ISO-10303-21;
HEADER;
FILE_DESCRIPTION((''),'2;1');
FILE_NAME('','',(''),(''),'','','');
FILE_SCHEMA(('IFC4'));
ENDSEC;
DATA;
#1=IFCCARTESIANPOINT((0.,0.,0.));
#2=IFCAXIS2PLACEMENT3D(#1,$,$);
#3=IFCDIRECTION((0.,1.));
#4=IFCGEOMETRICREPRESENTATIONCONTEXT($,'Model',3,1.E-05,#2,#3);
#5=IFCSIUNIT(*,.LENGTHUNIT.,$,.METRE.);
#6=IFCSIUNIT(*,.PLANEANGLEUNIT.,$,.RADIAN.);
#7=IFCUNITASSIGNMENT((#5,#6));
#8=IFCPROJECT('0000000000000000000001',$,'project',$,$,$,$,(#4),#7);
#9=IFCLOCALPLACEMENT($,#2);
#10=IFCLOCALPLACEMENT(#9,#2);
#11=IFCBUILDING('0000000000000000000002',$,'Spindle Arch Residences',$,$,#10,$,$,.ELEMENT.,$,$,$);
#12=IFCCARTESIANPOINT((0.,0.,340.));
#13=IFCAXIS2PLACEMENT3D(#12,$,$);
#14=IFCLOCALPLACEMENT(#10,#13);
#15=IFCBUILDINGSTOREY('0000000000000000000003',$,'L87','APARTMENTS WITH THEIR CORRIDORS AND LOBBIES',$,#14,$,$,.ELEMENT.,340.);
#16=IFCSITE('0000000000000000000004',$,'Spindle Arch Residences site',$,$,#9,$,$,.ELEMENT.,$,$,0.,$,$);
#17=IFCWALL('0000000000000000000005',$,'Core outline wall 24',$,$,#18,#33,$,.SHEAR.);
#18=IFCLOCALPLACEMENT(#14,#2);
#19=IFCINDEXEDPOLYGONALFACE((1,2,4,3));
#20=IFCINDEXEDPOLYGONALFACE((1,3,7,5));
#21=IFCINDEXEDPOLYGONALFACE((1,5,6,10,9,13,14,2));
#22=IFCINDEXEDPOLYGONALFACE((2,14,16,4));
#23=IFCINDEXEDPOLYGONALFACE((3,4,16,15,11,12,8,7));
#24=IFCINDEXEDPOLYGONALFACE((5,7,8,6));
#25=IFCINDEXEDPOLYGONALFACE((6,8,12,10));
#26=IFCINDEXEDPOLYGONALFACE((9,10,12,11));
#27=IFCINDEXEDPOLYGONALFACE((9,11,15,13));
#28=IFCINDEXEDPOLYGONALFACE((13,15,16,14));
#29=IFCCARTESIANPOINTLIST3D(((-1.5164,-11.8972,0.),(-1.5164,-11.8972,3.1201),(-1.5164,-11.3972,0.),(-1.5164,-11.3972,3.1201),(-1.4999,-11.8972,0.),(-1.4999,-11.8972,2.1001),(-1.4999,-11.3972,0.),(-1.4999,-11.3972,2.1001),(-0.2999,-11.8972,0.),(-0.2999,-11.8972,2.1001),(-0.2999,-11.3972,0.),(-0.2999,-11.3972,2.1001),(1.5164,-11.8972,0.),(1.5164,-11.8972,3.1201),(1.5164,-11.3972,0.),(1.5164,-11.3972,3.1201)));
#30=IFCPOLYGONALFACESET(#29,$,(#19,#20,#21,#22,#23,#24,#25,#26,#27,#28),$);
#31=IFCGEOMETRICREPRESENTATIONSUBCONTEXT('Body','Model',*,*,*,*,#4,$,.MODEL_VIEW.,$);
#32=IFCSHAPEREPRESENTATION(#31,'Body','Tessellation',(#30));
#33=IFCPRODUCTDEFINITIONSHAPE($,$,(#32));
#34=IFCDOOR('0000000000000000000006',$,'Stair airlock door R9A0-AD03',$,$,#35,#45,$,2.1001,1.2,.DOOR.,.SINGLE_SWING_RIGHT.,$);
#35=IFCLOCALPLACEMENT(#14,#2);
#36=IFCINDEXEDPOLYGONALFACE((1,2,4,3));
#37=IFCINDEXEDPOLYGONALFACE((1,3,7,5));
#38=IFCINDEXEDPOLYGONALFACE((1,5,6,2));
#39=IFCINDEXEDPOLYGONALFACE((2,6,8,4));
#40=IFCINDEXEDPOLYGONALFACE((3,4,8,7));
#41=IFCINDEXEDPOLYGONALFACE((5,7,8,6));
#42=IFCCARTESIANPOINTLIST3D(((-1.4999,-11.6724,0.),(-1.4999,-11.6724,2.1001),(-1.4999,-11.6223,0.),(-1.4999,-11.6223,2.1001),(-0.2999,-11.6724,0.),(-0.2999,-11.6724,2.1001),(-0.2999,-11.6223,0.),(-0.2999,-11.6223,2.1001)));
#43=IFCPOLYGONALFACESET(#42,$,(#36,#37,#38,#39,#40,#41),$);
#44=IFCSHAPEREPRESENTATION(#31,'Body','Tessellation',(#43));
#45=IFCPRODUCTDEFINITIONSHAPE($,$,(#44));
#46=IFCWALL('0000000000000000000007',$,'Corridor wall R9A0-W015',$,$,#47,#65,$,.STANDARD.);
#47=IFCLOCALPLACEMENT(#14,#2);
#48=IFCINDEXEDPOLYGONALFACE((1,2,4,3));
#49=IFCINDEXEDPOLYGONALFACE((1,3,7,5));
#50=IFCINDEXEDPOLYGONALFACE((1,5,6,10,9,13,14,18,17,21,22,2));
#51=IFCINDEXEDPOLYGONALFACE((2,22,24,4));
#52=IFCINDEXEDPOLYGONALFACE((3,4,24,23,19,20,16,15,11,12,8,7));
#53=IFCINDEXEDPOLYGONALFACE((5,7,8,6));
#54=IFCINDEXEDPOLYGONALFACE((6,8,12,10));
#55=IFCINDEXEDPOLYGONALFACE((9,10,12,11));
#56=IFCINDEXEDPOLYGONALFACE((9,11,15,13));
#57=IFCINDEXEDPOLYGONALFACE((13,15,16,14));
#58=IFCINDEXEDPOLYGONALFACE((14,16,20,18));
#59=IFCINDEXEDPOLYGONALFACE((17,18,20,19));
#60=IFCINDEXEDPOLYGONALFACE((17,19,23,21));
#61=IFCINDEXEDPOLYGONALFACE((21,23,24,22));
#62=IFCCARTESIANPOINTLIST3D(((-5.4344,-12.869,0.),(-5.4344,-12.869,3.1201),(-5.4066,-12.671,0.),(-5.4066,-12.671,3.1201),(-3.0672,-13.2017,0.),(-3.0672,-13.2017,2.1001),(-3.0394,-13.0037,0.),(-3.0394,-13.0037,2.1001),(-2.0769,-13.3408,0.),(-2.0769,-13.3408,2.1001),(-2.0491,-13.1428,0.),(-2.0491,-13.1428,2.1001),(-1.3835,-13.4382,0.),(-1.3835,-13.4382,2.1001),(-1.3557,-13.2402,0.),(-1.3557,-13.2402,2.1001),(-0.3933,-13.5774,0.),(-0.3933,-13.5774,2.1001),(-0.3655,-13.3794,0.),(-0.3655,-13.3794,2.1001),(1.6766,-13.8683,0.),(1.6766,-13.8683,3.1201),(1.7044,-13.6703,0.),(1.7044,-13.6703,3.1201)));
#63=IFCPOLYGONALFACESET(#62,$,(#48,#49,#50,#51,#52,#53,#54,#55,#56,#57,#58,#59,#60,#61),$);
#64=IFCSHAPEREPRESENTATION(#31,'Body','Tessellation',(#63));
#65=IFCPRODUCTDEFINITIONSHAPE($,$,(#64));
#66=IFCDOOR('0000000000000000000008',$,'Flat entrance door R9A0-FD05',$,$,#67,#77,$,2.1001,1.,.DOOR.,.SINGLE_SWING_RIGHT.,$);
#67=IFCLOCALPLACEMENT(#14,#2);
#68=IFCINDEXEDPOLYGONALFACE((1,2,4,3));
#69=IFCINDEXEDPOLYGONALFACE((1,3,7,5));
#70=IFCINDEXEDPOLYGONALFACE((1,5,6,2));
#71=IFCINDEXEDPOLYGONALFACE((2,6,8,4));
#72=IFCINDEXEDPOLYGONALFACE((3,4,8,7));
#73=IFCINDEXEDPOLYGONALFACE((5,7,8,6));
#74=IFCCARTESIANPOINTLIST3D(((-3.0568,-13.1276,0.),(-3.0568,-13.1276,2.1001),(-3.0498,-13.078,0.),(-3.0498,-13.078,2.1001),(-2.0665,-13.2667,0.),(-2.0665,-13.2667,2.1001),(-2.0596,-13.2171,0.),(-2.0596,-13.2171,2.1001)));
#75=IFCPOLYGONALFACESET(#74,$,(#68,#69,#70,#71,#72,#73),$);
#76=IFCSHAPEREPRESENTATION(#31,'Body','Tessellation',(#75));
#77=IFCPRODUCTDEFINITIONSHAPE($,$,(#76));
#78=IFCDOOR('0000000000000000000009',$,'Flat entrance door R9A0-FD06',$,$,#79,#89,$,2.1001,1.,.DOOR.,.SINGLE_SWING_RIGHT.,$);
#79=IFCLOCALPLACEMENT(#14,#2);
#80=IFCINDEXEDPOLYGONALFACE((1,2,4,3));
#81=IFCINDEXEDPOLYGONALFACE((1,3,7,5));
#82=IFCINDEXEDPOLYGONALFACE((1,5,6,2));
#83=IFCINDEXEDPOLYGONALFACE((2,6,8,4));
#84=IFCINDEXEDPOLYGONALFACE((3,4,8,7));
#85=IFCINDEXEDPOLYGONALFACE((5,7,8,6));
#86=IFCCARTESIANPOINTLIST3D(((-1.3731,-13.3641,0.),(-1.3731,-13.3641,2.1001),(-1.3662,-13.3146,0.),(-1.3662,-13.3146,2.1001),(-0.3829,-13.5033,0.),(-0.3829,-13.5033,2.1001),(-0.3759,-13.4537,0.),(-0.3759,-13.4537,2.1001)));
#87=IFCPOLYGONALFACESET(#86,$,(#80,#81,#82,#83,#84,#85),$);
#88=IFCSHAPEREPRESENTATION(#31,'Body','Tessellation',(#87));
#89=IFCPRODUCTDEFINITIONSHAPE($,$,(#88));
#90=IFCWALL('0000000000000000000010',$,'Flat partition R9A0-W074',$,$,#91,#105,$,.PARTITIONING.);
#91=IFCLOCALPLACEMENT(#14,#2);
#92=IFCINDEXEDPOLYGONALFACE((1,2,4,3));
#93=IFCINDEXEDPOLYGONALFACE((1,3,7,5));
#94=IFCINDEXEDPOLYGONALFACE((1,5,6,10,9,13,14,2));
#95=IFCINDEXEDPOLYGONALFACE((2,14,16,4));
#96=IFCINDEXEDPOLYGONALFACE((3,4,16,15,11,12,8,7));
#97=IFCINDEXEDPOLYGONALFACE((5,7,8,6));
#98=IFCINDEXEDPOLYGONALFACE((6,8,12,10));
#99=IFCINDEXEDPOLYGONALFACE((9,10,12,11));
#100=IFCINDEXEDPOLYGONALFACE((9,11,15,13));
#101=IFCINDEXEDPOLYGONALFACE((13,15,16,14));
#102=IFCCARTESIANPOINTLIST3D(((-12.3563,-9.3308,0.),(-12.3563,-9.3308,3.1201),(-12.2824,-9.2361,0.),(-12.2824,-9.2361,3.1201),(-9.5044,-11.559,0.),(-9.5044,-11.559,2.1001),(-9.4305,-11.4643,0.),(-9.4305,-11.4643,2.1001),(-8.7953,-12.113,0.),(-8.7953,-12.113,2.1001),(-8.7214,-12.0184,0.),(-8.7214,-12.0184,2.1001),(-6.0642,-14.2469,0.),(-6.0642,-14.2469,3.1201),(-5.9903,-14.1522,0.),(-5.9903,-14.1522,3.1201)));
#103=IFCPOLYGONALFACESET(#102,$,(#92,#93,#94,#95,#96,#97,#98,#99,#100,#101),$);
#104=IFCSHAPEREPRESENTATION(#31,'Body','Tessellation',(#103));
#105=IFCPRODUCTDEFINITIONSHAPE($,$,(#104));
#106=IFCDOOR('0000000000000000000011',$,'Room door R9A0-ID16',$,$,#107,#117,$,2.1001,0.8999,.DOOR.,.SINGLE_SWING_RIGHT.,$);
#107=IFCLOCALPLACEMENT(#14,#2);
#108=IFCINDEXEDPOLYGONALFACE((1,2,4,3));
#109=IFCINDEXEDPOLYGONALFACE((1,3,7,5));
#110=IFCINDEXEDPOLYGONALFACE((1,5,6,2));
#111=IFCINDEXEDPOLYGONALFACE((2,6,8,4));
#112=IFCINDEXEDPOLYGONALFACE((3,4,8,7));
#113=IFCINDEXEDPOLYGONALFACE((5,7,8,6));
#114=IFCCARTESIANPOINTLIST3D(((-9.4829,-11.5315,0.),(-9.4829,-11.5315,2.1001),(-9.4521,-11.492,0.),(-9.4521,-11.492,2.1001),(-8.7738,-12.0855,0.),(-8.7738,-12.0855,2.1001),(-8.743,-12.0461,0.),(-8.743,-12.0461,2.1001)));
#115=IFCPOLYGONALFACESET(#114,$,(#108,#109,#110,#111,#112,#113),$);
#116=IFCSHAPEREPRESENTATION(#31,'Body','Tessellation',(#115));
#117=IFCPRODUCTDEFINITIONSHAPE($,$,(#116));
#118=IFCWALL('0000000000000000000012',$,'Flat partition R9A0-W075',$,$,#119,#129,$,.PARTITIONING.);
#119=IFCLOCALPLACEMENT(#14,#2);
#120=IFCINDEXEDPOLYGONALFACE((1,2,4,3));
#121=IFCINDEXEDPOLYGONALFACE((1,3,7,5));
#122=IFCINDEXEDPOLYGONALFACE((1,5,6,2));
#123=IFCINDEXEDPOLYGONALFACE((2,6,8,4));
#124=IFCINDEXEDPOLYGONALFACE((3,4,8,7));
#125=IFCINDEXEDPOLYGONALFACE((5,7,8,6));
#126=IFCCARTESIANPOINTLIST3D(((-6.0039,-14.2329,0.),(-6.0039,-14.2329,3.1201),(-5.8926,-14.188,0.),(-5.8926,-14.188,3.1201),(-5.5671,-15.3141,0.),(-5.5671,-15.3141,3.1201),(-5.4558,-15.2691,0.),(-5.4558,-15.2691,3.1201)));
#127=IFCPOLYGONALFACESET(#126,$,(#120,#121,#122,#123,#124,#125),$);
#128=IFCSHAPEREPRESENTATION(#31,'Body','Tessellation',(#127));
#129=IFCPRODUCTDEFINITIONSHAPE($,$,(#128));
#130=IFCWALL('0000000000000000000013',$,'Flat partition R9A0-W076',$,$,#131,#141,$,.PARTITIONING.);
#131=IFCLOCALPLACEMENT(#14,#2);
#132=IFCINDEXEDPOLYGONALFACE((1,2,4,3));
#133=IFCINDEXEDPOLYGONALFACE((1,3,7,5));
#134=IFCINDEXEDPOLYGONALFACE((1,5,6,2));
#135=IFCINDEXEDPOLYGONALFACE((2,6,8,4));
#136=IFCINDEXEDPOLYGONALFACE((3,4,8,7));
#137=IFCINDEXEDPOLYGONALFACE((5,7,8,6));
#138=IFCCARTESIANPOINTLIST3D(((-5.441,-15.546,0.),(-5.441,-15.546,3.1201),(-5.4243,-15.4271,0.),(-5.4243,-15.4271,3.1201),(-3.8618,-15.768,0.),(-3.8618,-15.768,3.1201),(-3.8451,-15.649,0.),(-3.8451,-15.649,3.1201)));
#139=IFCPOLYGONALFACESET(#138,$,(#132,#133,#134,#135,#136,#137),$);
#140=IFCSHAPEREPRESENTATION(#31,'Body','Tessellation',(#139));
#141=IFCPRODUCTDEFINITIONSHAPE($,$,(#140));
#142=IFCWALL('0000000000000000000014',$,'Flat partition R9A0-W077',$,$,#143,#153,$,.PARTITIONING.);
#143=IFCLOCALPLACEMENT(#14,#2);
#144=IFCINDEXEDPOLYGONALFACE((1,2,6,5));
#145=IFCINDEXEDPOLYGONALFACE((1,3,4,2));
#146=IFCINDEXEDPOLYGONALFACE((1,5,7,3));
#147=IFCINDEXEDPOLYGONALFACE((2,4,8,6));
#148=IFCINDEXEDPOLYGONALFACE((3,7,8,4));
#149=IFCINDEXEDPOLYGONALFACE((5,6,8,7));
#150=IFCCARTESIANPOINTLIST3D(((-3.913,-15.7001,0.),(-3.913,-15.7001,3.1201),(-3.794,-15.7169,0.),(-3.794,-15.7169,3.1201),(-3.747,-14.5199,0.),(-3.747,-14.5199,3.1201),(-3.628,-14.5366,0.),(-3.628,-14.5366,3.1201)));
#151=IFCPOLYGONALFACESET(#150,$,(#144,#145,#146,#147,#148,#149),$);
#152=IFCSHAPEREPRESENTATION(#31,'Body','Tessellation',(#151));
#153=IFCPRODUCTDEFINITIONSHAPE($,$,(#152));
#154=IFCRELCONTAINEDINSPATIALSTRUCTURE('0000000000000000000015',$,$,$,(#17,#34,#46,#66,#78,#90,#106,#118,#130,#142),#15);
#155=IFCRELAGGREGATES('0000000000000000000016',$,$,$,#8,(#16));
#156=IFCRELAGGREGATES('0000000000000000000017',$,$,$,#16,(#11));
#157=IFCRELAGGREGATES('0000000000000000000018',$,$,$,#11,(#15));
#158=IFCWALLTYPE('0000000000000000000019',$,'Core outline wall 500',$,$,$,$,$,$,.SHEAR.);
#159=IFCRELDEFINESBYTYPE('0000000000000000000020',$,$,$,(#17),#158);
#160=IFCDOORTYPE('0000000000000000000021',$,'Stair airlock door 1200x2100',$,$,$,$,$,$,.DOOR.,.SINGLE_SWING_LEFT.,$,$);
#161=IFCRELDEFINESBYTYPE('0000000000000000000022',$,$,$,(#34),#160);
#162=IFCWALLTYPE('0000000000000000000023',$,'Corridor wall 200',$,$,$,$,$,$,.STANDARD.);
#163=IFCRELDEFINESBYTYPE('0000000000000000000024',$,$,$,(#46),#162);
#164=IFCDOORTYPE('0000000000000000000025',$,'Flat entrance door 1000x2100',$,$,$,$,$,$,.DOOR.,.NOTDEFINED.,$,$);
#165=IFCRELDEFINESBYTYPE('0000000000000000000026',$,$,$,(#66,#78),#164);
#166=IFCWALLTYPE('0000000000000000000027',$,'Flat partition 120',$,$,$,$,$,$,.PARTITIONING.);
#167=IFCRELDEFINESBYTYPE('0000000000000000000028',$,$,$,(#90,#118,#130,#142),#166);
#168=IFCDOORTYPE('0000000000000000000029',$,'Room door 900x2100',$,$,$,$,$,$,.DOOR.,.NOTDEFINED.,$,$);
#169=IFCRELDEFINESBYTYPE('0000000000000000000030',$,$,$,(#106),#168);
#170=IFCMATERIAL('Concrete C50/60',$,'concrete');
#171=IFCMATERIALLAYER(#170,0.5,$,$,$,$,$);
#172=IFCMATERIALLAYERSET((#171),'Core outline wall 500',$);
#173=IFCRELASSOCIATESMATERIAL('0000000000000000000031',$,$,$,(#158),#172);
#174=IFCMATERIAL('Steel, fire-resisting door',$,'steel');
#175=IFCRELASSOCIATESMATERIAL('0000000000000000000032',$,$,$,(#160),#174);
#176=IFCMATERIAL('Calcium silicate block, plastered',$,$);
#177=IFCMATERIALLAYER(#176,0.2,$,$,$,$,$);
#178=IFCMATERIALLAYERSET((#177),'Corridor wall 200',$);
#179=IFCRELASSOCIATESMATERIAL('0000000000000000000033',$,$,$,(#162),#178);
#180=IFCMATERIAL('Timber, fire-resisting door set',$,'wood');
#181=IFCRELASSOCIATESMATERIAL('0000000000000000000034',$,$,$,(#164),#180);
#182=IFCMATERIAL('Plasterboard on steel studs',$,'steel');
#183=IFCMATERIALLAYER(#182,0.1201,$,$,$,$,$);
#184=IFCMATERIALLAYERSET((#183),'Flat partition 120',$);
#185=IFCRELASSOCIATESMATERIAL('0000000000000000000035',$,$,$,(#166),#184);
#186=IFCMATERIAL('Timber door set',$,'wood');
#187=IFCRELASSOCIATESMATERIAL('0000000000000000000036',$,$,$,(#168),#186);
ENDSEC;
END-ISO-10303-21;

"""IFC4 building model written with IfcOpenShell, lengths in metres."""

from ifc_helpers import new_model, si_unit, direction, frame, frame_2d, origin, place, context, subcontext, project, spatial, rectangle, extrude, material, layer, layer_set, type_object, element, fill, save


model = new_model("IFC4")

# Units and contexts
model_context = context("Model", 3, precision=1e-05, world=origin(), true_north=direction((0.0, 1.0)))
body_context = subcontext(model_context, "Body", "Model", "MODEL_VIEW")
ifc_project = project(units=[si_unit("LENGTHUNIT", "METRE"), si_unit("PLANEANGLEUNIT", "RADIAN")], contexts=[model_context])

# Site, building, storey
site_placement = place(None, origin())
site = spatial("IfcSite", under=ifc_project, at=site_placement, Name="Spindle Arch Residences site", CompositionType="ELEMENT", RefElevation=0.0)
building_placement = place(site_placement, origin())
building = spatial("IfcBuilding", under=site, at=building_placement, Name="Spindle Arch Residences", CompositionType="ELEMENT")
storey_placement = place(building_placement, frame((0.0, 0.0, 340.0)))
storey = spatial("IfcBuildingStorey", under=building, at=storey_placement, Name="L87", Description="APARTMENTS WITH THEIR CORRIDORS AND LOBBIES", CompositionType="ELEMENT", Elevation=340.0)

# Shared definitions
ifc_material_1 = material(Name="Concrete C50/60", Category="concrete")
ifc_layer_1 = layer(ifc_material_1, 0.5)
ifc_layer_set_1 = layer_set([ifc_layer_1], Name="Core outline wall 500")
wall_type_1 = type_object("IfcWallType", Name="Core outline wall 500", PredefinedType="SHEAR", material=ifc_layer_set_1)

# Wall, opening, door
wall_1_placement = place(storey_placement, frame((-1.5164, -11.6472, 0.0), z_axis=(0.0, 0.0, 1.0), x_axis=(1.0, 0.0, 0.0)))
wall_1 = element("IfcWall", 1, at=wall_1_placement, inside=storey, type_object=wall_type_1, Name="Core outline wall 24", PredefinedType="SHEAR", context=body_context, shape_type="SweptSolid", body=[
    extrude(rectangle(XDim=3.0327, YDim=0.5, at=frame_2d((1.5164, 0.0))), origin(), (0.0, 0.0, 1.0), 3.1201),
])
opening_1_placement = place(wall_1_placement, frame((0.0164, 0.0, 0.0)))
opening_1 = element("IfcOpeningElement", 2, at=opening_1_placement, cuts=wall_1, PredefinedType="OPENING", context=body_context, shape_type="SweptSolid", body=[
    extrude(rectangle(XDim=1.2, YDim=2.1001, at=frame_2d((0.6001, 1.05))), frame((0.0, 0.26, 0.0), z_axis=(0.0, -1.0, 0.0), x_axis=(1.0, 0.0, 0.0)), (0.0, 0.0, 1.0), 0.52),
])
ifc_material_2 = material(Name="Steel, fire-resisting door", Category="steel")
door_type_1 = type_object("IfcDoorType", Name="Stair airlock door 1200x2100", OperationType="SINGLE_SWING_LEFT", PredefinedType="DOOR", material=ifc_material_2)
door_1_placement = place(opening_1_placement, origin())
door_1 = element("IfcDoor", 3, at=door_1_placement, inside=storey, type_object=door_type_1, Name="Stair airlock door R9A0-AD03", OperationType="SINGLE_SWING_RIGHT", OverallHeight=2.1001, OverallWidth=1.2, PredefinedType="DOOR", context=body_context, shape_type="SweptSolid", body=[
    extrude(rectangle(XDim=1.2, YDim=2.1001, at=frame_2d((0.6001, 1.05))), frame((0.0, 0.0249, 0.0), z_axis=(0.0, -1.0, 0.0), x_axis=(1.0, 0.0, 0.0)), (0.0, 0.0, 1.0), 0.05),
])
fill(opening_1, door_1)

# Wall, openings, doors
ifc_material_3 = material(Name="Calcium silicate block, plastered")
ifc_layer_2 = layer(ifc_material_3, 0.2)
ifc_layer_set_2 = layer_set([ifc_layer_2], Name="Corridor wall 200")
wall_type_2 = type_object("IfcWallType", Name="Corridor wall 200", PredefinedType="STANDARD", material=ifc_layer_set_2)
wall_2_placement = place(storey_placement, frame((-5.4204, -12.77, 0.0), z_axis=(0.0, 0.0, 1.0), x_axis=(0.990271, -0.139155, 0.0)))
wall_2 = element("IfcWall", 4, at=wall_2_placement, inside=storey, type_object=wall_type_2, Name="Corridor wall R9A0-W015", PredefinedType="STANDARD", context=body_context, shape_type="SweptSolid", body=[
    extrude(rectangle(XDim=7.1809, YDim=0.2, at=frame_2d((3.5903, 0.0))), origin(), (0.0, 0.0, 1.0), 3.1201),
])
opening_2_placement = place(wall_2_placement, frame((2.3904, 0.0, 0.0)))
opening_2 = element("IfcOpeningElement", 5, at=opening_2_placement, cuts=wall_2, PredefinedType="OPENING", context=body_context, shape_type="SweptSolid", body=[
    extrude(rectangle(XDim=1.0, YDim=2.1001, at=frame_2d((0.5, 1.05))), frame((0.0, 0.1099, 0.0), z_axis=(0.0, -1.0, 0.0), x_axis=(1.0, 0.0, 0.0)), (0.0, 0.0, 1.0), 0.22),
])
opening_3_placement = place(wall_2_placement, frame((4.0906, 0.0, 0.0)))
opening_3 = element("IfcOpeningElement", 6, at=opening_3_placement, cuts=wall_2, PredefinedType="OPENING", context=body_context, shape_type="SweptSolid", body=[
    extrude(rectangle(XDim=1.0, YDim=2.1001, at=frame_2d((0.5, 1.05))), frame((0.0, 0.1099, 0.0), z_axis=(0.0, -1.0, 0.0), x_axis=(1.0, 0.0, 0.0)), (0.0, 0.0, 1.0), 0.22),
])
ifc_material_4 = material(Name="Timber, fire-resisting door set", Category="wood")
door_type_2 = type_object("IfcDoorType", Name="Flat entrance door 1000x2100", OperationType="NOTDEFINED", PredefinedType="DOOR", material=ifc_material_4)
door_2_placement = place(opening_2_placement, origin())
door_2 = element("IfcDoor", 7, at=door_2_placement, inside=storey, type_object=door_type_2, Name="Flat entrance door R9A0-FD05", OperationType="SINGLE_SWING_RIGHT", OverallHeight=2.1001, OverallWidth=1.0, PredefinedType="DOOR", context=body_context, shape_type="SweptSolid", body=[
    extrude(rectangle(XDim=1.0, YDim=2.1001, at=frame_2d((0.5, 1.05))), frame((0.0, 0.0249, 0.0), z_axis=(0.0, -1.0, 0.0), x_axis=(1.0, 0.0, 0.0)), (0.0, 0.0, 1.0), 0.05),
])
fill(opening_2, door_2)
door_3_placement = place(opening_3_placement, origin())
door_3 = element("IfcDoor", 8, at=door_3_placement, inside=storey, type_object=door_type_2, Name="Flat entrance door R9A0-FD06", OperationType="SINGLE_SWING_RIGHT", OverallHeight=2.1001, OverallWidth=1.0, PredefinedType="DOOR", context=body_context, shape_type="SweptSolid", body=[
    extrude(rectangle(XDim=1.0, YDim=2.1001, at=frame_2d((0.5, 1.05))), frame((0.0, 0.0249, 0.0), z_axis=(0.0, -1.0, 0.0), x_axis=(1.0, 0.0, 0.0)), (0.0, 0.0, 1.0), 0.05),
])
fill(opening_3, door_3)

# Wall, opening, door
ifc_material_5 = material(Name="Plasterboard on steel studs", Category="steel")
ifc_layer_3 = layer(ifc_material_5, 0.1201)
ifc_layer_set_3 = layer_set([ifc_layer_3], Name="Flat partition 120")
wall_type_3 = type_object("IfcWallType", Name="Flat partition 120", PredefinedType="PARTITIONING", material=ifc_layer_set_3)
wall_3_placement = place(storey_placement, frame((-12.3193, -9.2834, 0.0), z_axis=(0.0, 0.0, 1.0), x_axis=(0.788, -0.615675, 0.0)))
wall_3 = element("IfcWall", 9, at=wall_3_placement, inside=storey, type_object=wall_type_3, Name="Flat partition R9A0-W074", PredefinedType="PARTITIONING", context=body_context, shape_type="SweptSolid", body=[
    extrude(rectangle(XDim=7.9849, YDim=0.1201, at=frame_2d((3.9924, 0.0))), origin(), (0.0, 0.0, 1.0), 3.1201),
])
opening_4_placement = place(wall_3_placement, frame((3.6191, 0.0, 0.0)))
opening_4 = element("IfcOpeningElement", 10, at=opening_4_placement, cuts=wall_3, PredefinedType="OPENING", context=body_context, shape_type="SweptSolid", body=[
    extrude(rectangle(XDim=0.8999, YDim=2.1001, at=frame_2d((0.45, 1.05))), frame((0.0, 0.0701, 0.0), z_axis=(0.0, -1.0, 0.0), x_axis=(1.0, 0.0, 0.0)), (0.0, 0.0, 1.0), 0.1401),
])
ifc_material_6 = material(Name="Timber door set", Category="wood")
door_type_3 = type_object("IfcDoorType", Name="Room door 900x2100", OperationType="NOTDEFINED", PredefinedType="DOOR", material=ifc_material_6)
door_4_placement = place(opening_4_placement, origin())
door_4 = element("IfcDoor", 11, at=door_4_placement, inside=storey, type_object=door_type_3, Name="Room door R9A0-ID16", OperationType="SINGLE_SWING_RIGHT", OverallHeight=2.1001, OverallWidth=0.8999, PredefinedType="DOOR", context=body_context, shape_type="SweptSolid", body=[
    extrude(rectangle(XDim=0.8999, YDim=2.1001, at=frame_2d((0.45, 1.05))), frame((0.0, 0.0249, 0.0), z_axis=(0.0, -1.0, 0.0), x_axis=(1.0, 0.0, 0.0)), (0.0, 0.0, 1.0), 0.05),
])
fill(opening_4, door_4)

# Walls
wall_4_placement = place(storey_placement, frame((-5.9482, -14.2104, 0.0), z_axis=(0.0, 0.0, 1.0), x_axis=(0.374602, -0.927186, 0.0)))
element("IfcWall", 12, at=wall_4_placement, inside=storey, type_object=wall_type_3, Name="Flat partition R9A0-W075", PredefinedType="PARTITIONING", context=body_context, shape_type="SweptSolid", body=[
    extrude(rectangle(XDim=1.166, YDim=0.1201, at=frame_2d((0.583, 0.0))), origin(), (0.0, 0.0, 1.0), 3.1201),
])
wall_5_placement = place(storey_placement, frame((-5.4326, -15.4866, 0.0), z_axis=(0.0, 0.0, 1.0), x_axis=(0.990268, -0.13917, 0.0)))
element("IfcWall", 13, at=wall_5_placement, inside=storey, type_object=wall_type_3, Name="Flat partition R9A0-W076", PredefinedType="PARTITIONING", context=body_context, shape_type="SweptSolid", body=[
    extrude(rectangle(XDim=1.5947, YDim=0.1201, at=frame_2d((0.7974, 0.0))), origin(), (0.0, 0.0, 1.0), 3.1201),
])
wall_6_placement = place(storey_placement, frame((-3.8535, -15.7085, 0.0), z_axis=(0.0, 0.0, 1.0), x_axis=(0.139299, 0.99025, 0.0)))
element("IfcWall", 14, at=wall_6_placement, inside=storey, type_object=wall_type_3, Name="Flat partition R9A0-W077", PredefinedType="PARTITIONING", context=body_context, shape_type="SweptSolid", body=[
    extrude(rectangle(XDim=1.1919, YDim=0.1201, at=frame_2d((0.5959, 0.0))), origin(), (0.0, 0.0, 1.0), 3.1201),
])

save(model, "model.ifc")
